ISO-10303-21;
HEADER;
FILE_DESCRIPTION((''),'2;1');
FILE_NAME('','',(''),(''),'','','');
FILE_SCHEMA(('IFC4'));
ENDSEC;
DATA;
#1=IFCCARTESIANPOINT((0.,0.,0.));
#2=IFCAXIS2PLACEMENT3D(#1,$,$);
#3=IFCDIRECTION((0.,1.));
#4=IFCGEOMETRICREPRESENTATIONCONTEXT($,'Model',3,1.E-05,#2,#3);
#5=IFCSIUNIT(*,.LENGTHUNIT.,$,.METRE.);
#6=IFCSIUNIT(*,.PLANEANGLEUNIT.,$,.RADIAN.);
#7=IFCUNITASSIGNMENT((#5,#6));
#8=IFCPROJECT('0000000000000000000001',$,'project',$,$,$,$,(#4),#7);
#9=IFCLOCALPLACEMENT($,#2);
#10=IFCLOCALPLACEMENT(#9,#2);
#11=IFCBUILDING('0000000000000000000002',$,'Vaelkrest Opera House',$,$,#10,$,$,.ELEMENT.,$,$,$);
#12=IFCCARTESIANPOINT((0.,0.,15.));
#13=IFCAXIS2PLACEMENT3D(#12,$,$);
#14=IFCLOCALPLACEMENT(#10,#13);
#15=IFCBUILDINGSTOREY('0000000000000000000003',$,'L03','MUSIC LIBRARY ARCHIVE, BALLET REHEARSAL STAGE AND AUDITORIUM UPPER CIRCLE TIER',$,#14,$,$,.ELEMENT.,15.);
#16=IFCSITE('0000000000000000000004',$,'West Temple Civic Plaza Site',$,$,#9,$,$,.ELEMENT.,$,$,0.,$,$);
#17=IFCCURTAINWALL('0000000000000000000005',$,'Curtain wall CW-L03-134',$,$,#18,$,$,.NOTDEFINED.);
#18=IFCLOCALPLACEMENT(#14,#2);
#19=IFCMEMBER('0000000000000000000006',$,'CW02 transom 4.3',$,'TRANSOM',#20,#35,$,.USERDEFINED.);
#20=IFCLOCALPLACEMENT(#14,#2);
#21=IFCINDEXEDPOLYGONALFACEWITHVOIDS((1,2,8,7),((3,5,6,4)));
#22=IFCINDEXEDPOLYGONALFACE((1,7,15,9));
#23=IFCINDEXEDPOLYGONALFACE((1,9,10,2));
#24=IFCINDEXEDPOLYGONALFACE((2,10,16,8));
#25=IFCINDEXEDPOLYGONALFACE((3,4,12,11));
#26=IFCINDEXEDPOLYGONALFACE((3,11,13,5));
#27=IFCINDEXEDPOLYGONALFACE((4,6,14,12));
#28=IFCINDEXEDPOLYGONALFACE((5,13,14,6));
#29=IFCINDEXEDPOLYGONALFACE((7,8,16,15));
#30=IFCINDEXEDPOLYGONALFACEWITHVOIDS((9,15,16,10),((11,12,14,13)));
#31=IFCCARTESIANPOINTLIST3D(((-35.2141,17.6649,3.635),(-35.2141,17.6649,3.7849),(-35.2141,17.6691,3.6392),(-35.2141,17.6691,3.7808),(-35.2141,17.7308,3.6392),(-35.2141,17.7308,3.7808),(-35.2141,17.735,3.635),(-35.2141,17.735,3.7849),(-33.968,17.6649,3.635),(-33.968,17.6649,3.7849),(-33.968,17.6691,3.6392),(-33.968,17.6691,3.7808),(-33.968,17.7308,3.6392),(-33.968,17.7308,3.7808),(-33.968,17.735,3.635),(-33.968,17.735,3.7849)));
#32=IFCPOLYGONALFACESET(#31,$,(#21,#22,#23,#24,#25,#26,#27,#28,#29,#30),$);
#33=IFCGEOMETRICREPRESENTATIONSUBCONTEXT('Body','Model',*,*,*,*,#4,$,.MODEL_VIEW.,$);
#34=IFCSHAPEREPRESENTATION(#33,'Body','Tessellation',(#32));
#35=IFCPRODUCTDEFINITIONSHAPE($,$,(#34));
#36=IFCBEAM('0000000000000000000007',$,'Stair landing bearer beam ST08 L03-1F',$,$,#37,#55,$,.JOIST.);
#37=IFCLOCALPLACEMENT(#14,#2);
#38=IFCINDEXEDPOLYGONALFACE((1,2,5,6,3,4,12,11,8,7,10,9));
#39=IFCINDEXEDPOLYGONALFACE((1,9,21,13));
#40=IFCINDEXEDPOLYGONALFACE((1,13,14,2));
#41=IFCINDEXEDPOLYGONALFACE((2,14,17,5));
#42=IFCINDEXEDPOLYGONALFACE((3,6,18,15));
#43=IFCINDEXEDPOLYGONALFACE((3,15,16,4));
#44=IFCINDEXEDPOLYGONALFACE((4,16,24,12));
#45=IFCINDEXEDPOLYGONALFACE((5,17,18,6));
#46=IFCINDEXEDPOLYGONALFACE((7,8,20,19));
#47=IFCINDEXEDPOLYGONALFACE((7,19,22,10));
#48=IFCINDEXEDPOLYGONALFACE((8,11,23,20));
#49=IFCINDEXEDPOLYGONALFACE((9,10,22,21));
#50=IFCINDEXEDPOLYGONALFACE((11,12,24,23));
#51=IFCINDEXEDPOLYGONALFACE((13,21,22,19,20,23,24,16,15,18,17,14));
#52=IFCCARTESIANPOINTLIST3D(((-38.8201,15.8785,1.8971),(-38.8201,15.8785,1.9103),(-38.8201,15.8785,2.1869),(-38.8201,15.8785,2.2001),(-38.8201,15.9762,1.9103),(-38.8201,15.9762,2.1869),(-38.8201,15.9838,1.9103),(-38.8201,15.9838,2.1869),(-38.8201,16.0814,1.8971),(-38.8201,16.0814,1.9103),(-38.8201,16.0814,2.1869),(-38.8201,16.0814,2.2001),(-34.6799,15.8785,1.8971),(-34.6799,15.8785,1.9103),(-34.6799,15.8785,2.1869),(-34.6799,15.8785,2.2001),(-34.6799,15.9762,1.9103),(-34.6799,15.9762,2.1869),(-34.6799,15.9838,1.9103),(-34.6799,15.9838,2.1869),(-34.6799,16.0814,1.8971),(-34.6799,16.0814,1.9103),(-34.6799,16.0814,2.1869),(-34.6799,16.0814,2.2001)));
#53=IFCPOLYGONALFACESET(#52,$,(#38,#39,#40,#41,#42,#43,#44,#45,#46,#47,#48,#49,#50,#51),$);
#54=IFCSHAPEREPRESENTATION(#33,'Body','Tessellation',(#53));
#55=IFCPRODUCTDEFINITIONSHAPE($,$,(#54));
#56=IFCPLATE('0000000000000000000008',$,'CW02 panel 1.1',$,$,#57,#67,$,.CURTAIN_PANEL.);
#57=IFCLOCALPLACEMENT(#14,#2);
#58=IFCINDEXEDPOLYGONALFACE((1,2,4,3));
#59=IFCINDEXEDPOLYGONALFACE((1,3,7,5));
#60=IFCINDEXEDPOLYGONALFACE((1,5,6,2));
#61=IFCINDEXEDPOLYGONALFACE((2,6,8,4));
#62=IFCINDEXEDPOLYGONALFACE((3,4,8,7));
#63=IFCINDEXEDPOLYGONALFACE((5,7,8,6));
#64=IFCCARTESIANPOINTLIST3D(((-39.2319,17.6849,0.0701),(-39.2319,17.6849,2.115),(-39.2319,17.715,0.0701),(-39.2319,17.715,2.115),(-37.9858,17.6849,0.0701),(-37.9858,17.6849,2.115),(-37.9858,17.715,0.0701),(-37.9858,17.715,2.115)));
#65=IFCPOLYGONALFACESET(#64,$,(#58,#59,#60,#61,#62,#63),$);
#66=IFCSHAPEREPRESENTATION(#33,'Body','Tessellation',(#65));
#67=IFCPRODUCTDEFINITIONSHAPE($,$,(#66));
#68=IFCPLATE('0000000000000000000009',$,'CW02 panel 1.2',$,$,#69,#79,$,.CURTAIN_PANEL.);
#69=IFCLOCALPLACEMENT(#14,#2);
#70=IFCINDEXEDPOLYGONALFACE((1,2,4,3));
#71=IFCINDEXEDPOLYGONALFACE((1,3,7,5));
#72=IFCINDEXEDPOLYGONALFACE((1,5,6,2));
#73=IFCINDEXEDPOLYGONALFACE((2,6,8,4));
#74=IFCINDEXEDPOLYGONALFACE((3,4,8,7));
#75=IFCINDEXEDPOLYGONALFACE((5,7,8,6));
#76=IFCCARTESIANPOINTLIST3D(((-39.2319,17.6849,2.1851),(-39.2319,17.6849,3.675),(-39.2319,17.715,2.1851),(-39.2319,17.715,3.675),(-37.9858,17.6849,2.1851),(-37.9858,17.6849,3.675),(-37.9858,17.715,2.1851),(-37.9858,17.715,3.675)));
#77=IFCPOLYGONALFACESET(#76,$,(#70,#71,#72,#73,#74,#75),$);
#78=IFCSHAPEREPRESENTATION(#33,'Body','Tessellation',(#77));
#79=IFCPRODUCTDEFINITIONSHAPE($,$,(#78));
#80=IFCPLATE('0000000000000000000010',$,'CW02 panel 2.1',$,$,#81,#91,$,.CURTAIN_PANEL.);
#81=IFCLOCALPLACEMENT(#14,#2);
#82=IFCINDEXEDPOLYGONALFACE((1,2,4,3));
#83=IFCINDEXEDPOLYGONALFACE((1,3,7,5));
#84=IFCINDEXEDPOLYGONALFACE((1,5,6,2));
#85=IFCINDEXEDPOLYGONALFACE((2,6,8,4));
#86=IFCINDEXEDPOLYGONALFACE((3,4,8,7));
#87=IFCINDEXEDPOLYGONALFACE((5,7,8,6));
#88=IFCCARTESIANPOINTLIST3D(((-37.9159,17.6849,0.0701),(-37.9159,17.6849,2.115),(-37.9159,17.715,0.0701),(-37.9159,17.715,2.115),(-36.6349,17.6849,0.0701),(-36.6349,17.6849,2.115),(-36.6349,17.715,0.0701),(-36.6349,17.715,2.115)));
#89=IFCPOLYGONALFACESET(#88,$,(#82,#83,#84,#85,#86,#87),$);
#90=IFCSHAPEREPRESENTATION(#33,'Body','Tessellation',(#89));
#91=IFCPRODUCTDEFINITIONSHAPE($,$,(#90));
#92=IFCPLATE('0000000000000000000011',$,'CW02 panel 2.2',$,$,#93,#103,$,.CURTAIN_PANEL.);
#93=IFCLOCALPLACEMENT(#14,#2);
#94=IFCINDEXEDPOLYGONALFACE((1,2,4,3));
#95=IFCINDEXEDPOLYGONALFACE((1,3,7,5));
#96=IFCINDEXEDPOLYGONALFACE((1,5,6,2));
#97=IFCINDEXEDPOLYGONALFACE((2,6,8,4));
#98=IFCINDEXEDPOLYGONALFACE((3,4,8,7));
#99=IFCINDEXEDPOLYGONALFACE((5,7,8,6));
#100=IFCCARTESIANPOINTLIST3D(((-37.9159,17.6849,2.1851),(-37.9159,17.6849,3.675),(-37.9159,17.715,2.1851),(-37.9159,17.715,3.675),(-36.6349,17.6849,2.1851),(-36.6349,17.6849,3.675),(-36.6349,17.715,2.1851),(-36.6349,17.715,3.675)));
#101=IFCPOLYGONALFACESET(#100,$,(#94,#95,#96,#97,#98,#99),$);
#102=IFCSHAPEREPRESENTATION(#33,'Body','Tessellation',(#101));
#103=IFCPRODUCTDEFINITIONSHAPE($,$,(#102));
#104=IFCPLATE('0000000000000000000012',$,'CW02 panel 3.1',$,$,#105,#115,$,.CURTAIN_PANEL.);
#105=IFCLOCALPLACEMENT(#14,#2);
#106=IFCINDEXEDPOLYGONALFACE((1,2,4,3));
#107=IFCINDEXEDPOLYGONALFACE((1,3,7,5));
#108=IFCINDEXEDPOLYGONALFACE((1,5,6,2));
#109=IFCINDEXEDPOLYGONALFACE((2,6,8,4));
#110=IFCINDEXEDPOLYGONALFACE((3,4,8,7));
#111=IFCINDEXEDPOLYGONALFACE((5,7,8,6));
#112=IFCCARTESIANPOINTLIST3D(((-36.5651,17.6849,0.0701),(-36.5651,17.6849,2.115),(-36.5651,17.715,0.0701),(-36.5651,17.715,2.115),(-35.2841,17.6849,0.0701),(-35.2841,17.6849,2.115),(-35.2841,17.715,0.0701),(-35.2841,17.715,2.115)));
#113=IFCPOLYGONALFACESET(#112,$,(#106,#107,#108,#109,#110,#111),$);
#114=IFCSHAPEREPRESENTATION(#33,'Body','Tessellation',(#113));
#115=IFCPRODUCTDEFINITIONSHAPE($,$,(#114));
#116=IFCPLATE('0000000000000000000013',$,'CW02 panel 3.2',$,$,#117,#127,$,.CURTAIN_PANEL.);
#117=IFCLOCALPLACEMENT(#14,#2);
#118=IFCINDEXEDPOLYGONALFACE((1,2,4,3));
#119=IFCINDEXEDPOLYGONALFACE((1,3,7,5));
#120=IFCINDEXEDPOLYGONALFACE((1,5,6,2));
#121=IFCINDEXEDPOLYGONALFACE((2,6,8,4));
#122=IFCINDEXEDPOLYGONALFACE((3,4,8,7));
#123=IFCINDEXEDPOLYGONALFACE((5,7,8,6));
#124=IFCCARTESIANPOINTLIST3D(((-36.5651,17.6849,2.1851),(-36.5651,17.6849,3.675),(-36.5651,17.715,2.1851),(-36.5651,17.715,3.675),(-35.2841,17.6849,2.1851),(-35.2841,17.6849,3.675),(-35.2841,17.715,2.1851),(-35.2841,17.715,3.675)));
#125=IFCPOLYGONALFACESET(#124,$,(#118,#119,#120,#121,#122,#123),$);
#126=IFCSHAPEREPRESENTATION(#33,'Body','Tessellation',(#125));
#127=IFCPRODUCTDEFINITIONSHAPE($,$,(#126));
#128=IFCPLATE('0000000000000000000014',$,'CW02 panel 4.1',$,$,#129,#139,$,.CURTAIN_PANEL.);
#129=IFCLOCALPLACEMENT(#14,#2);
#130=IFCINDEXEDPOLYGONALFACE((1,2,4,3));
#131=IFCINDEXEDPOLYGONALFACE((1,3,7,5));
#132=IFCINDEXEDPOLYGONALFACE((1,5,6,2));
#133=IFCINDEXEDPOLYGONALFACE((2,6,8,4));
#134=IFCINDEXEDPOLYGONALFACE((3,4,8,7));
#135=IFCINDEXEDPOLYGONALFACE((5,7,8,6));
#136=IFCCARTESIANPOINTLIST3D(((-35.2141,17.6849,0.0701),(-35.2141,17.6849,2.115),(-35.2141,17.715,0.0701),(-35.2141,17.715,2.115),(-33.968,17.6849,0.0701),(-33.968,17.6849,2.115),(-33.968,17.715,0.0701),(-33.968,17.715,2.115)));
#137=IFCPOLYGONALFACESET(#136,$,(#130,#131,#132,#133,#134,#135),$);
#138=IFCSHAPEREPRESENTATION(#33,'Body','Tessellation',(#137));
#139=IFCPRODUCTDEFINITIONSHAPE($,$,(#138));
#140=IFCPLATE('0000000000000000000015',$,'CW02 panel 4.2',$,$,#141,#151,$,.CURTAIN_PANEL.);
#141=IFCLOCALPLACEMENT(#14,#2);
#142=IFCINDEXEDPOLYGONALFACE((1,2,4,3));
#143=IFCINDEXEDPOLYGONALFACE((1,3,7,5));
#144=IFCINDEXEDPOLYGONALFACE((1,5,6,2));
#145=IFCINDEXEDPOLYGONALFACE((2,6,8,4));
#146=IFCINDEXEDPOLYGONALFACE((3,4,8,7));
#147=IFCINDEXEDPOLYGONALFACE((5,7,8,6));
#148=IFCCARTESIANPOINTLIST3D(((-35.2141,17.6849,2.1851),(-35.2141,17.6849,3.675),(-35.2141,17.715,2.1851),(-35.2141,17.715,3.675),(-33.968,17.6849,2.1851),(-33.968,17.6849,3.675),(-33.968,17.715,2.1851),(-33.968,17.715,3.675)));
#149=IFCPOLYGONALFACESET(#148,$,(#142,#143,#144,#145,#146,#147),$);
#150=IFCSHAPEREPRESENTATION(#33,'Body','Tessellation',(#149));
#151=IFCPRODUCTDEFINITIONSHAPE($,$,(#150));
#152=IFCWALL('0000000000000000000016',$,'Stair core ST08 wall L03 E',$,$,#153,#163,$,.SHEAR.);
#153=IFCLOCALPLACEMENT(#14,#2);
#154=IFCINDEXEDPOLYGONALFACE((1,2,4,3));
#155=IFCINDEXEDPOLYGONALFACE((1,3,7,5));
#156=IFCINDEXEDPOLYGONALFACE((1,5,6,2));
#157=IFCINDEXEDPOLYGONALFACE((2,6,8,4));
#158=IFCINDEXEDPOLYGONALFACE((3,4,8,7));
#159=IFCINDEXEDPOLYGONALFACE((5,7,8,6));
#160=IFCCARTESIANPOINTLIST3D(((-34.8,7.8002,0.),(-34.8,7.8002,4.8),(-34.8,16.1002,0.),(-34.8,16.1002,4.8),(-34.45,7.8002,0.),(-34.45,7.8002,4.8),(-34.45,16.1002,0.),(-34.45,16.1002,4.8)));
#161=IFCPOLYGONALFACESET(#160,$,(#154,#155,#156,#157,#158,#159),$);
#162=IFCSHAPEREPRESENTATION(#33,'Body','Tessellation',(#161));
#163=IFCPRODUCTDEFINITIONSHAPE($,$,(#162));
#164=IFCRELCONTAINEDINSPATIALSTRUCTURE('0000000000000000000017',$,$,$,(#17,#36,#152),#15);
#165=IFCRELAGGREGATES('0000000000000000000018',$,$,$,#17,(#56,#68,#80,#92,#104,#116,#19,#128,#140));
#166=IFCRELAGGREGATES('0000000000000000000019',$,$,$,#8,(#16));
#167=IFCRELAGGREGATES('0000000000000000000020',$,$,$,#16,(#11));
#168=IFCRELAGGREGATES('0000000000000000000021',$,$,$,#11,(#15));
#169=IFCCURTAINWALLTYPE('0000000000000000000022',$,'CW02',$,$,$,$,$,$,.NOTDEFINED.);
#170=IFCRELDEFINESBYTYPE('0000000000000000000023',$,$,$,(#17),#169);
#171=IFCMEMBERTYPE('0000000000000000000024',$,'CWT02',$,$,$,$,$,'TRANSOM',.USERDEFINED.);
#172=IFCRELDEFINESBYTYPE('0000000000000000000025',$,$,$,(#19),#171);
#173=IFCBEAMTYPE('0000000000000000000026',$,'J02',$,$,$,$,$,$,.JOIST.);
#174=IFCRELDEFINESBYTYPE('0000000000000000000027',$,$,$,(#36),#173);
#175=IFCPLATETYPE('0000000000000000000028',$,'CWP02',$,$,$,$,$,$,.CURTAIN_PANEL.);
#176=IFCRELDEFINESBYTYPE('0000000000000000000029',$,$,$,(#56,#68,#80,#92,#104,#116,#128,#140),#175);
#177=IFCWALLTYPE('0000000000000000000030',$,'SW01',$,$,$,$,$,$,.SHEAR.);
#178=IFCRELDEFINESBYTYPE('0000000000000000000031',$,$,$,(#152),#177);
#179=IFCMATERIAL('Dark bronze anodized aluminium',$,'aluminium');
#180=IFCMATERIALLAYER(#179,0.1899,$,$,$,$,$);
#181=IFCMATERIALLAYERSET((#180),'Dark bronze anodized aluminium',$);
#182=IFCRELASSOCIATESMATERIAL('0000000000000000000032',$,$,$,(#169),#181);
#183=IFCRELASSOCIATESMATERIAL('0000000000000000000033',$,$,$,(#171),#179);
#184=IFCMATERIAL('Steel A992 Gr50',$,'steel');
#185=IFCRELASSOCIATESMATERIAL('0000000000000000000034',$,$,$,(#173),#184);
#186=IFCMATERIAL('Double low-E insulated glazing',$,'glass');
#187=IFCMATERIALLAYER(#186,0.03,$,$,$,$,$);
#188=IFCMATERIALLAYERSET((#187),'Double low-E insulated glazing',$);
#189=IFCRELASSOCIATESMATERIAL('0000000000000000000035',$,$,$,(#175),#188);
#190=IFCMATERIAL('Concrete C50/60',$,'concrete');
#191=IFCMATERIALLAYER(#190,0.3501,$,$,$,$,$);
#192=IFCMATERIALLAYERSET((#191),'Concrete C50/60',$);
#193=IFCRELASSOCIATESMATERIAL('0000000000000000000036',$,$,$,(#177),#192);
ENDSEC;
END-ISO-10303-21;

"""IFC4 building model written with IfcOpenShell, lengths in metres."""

from ifc_helpers import new_model, si_unit, direction, frame, frame_2d, origin, origin_2d, place, context, subcontext, project, spatial, rectangle, hollow_rectangle, i_section, extrude, material, layer, layer_set, material_profile, profile_set, type_object, element, aggregate, save


model = new_model("IFC4")

# Units and contexts
model_context = context("Model", 3, precision=1e-05, world=origin(), true_north=direction((0.0, 1.0)))
body_context = subcontext(model_context, "Body", "Model", "MODEL_VIEW")
ifc_project = project(units=[si_unit("LENGTHUNIT", "METRE"), si_unit("PLANEANGLEUNIT", "RADIAN")], contexts=[model_context])

# Site, building, storey
site_placement = place(None, origin())
site = spatial("IfcSite", under=ifc_project, at=site_placement, Name="West Temple Civic Plaza Site", CompositionType="ELEMENT", RefElevation=0.0)
building_placement = place(site_placement, origin())
building = spatial("IfcBuilding", under=site, at=building_placement, Name="Vaelkrest Opera House", CompositionType="ELEMENT")
storey_placement = place(building_placement, frame((0.0, 0.0, 15.0)))
storey = spatial("IfcBuildingStorey", under=building, at=storey_placement, Name="L03", Description="MUSIC LIBRARY ARCHIVE, BALLET REHEARSAL STAGE AND AUDITORIUM UPPER CIRCLE TIER", CompositionType="ELEMENT", Elevation=15.0)

# Curtain wall, member
ifc_material_1 = material(Name="Dark bronze anodized aluminium", Category="aluminium")
ifc_layer_1 = layer(ifc_material_1, 0.1899)
ifc_layer_set_1 = layer_set([ifc_layer_1], Name="Dark bronze anodized aluminium")
curtain_wall_type = type_object("IfcCurtainWallType", Name="CW02", PredefinedType="NOTDEFINED", material=ifc_layer_set_1)
curtain_wall_placement = place(storey_placement, origin())
curtain_wall = element("IfcCurtainWall", 1, at=curtain_wall_placement, inside=storey, type_object=curtain_wall_type, Name="Curtain wall CW-L03-134", PredefinedType="NOTDEFINED")
ifc_material_profile_1 = material_profile(ifc_material_1, hollow_rectangle(XDim=0.0701, YDim=0.1499, WallThickness=0.0042, at=origin_2d()), Name="CWT70X150")
ifc_profile_set_1 = profile_set([ifc_material_profile_1], Name="Dark bronze anodized aluminium")
member_type_1 = type_object("IfcMemberType", Name="CWT02", ElementType="TRANSOM", PredefinedType="USERDEFINED", material=ifc_profile_set_1)
member_1_placement = place(storey_placement, frame((-35.2141, 17.7, 3.71), z_axis=(1.0, 0.0, 0.0), x_axis=(0.0, 1.0, 0.0)))
member_1 = element("IfcMember", 2, at=member_1_placement, type_object=member_type_1, Name="CW02 transom 4.3", ObjectType="TRANSOM", PredefinedType="USERDEFINED", context=body_context, shape_type="SweptSolid", body=[
    extrude(hollow_rectangle(XDim=0.0701, YDim=0.1499, WallThickness=0.0042, at=origin_2d()), origin(), (0.0, 0.0, 1.0), 1.2461),
])

# Beam
ifc_material_2 = material(Name="Steel A992 Gr50", Category="steel")
ifc_material_profile_2 = material_profile(ifc_material_2, i_section(OverallWidth=0.2029, OverallDepth=0.303, WebThickness=0.0076, FlangeThickness=0.0132, at=origin_2d()), Name="W12X40")
ifc_profile_set_2 = profile_set([ifc_material_profile_2], Name="Steel A992 Gr50")
beam_type = type_object("IfcBeamType", Name="J02", PredefinedType="JOIST", material=ifc_profile_set_2)
beam_placement = place(storey_placement, frame((-38.8201, 15.98, 2.0486), z_axis=(1.0, 0.0, 0.0), x_axis=(0.0, 1.0, 0.0)))
element("IfcBeam", 3, at=beam_placement, inside=storey, type_object=beam_type, Name="Stair landing bearer beam ST08 L03-1F", PredefinedType="JOIST", context=body_context, shape_type="SweptSolid", body=[
    extrude(i_section(OverallWidth=0.2029, OverallDepth=0.303, WebThickness=0.0076, FlangeThickness=0.0132, at=origin_2d()), origin(), (0.0, 0.0, 1.0), 4.1401),
])

# Plates
ifc_material_3 = material(Name="Double low-E insulated glazing", Category="glass")
ifc_layer_2 = layer(ifc_material_3, 0.03)
ifc_layer_set_2 = layer_set([ifc_layer_2], Name="Double low-E insulated glazing")
plate_type = type_object("IfcPlateType", Name="CWP02", PredefinedType="CURTAIN_PANEL", material=ifc_layer_set_2)
plate_1_placement = place(storey_placement, frame((-38.6089, 17.7, 0.0701), z_axis=(0.0, 0.0, 1.0), x_axis=(1.0, 0.0, 0.0)))
plate_1 = element("IfcPlate", 4, at=plate_1_placement, type_object=plate_type, Name="CW02 panel 1.1", PredefinedType="CURTAIN_PANEL", context=body_context, shape_type="SweptSolid", body=[
    extrude(rectangle(XDim=1.2461, YDim=0.03, at=origin_2d()), origin(), (0.0, 0.0, 1.0), 2.0449),
])
plate_2_placement = place(storey_placement, frame((-38.6089, 17.7, 2.1851), z_axis=(0.0, 0.0, 1.0), x_axis=(1.0, 0.0, 0.0)))
plate_2 = element("IfcPlate", 5, at=plate_2_placement, type_object=plate_type, Name="CW02 panel 1.2", PredefinedType="CURTAIN_PANEL", context=body_context, shape_type="SweptSolid", body=[
    extrude(rectangle(XDim=1.2461, YDim=0.03, at=origin_2d()), origin(), (0.0, 0.0, 1.0), 1.49),
])
plate_3_placement = place(storey_placement, frame((-37.2754, 17.7, 0.0701), z_axis=(0.0, 0.0, 1.0), x_axis=(1.0, 0.0, 0.0)))
plate_3 = element("IfcPlate", 6, at=plate_3_placement, type_object=plate_type, Name="CW02 panel 2.1", PredefinedType="CURTAIN_PANEL", context=body_context, shape_type="SweptSolid", body=[
    extrude(rectangle(XDim=1.281, YDim=0.03, at=origin_2d()), origin(), (0.0, 0.0, 1.0), 2.0449),
])
plate_4_placement = place(storey_placement, frame((-37.2754, 17.7, 2.1851), z_axis=(0.0, 0.0, 1.0), x_axis=(1.0, 0.0, 0.0)))
plate_4 = element("IfcPlate", 7, at=plate_4_placement, type_object=plate_type, Name="CW02 panel 2.2", PredefinedType="CURTAIN_PANEL", context=body_context, shape_type="SweptSolid", body=[
    extrude(rectangle(XDim=1.281, YDim=0.03, at=origin_2d()), origin(), (0.0, 0.0, 1.0), 1.49),
])
plate_5_placement = place(storey_placement, frame((-35.9246, 17.7, 0.0701), z_axis=(0.0, 0.0, 1.0), x_axis=(1.0, 0.0, 0.0)))
plate_5 = element("IfcPlate", 8, at=plate_5_placement, type_object=plate_type, Name="CW02 panel 3.1", PredefinedType="CURTAIN_PANEL", context=body_context, shape_type="SweptSolid", body=[
    extrude(rectangle(XDim=1.281, YDim=0.03, at=origin_2d()), origin(), (0.0, 0.0, 1.0), 2.0449),
])
plate_6_placement = place(storey_placement, frame((-35.9246, 17.7, 2.1851), z_axis=(0.0, 0.0, 1.0), x_axis=(1.0, 0.0, 0.0)))
plate_6 = element("IfcPlate", 9, at=plate_6_placement, type_object=plate_type, Name="CW02 panel 3.2", PredefinedType="CURTAIN_PANEL", context=body_context, shape_type="SweptSolid", body=[
    extrude(rectangle(XDim=1.281, YDim=0.03, at=origin_2d()), origin(), (0.0, 0.0, 1.0), 1.49),
])
plate_7_placement = place(storey_placement, frame((-34.5911, 17.7, 0.0701), z_axis=(0.0, 0.0, 1.0), x_axis=(1.0, 0.0, 0.0)))
plate_7 = element("IfcPlate", 10, at=plate_7_placement, type_object=plate_type, Name="CW02 panel 4.1", PredefinedType="CURTAIN_PANEL", context=body_context, shape_type="SweptSolid", body=[
    extrude(rectangle(XDim=1.2461, YDim=0.03, at=origin_2d()), origin(), (0.0, 0.0, 1.0), 2.0449),
])
plate_8_placement = place(storey_placement, frame((-34.5911, 17.7, 2.1851), z_axis=(0.0, 0.0, 1.0), x_axis=(1.0, 0.0, 0.0)))
plate_8 = element("IfcPlate", 11, at=plate_8_placement, type_object=plate_type, Name="CW02 panel 4.2", PredefinedType="CURTAIN_PANEL", context=body_context, shape_type="SweptSolid", body=[
    extrude(rectangle(XDim=1.2461, YDim=0.03, at=origin_2d()), origin(), (0.0, 0.0, 1.0), 1.49),
])
aggregate(curtain_wall, [plate_1, plate_2, plate_3, plate_4, plate_5, plate_6, member_1, plate_7, plate_8])

# Wall
ifc_material_4 = material(Name="Concrete C50/60", Category="concrete")
ifc_layer_3 = layer(ifc_material_4, 0.3501)
ifc_layer_set_3 = layer_set([ifc_layer_3], Name="Concrete C50/60")
wall_type = type_object("IfcWallType", Name="SW01", PredefinedType="SHEAR", material=ifc_layer_set_3)
wall_placement = place(storey_placement, frame((-34.625, 16.1001, 0.0), z_axis=(0.0, 0.0, 1.0), x_axis=(0.0, -1.0, 0.0)))
element("IfcWall", 12, at=wall_placement, inside=storey, type_object=wall_type, Name="Stair core ST08 wall L03 E", PredefinedType="SHEAR", context=body_context, shape_type="SweptSolid", body=[
    extrude(rectangle(XDim=8.3, YDim=0.3501, at=frame_2d((4.1499, 0.0))), origin(), (0.0, 0.0, 1.0), 4.8),
])

save(model, "model.ifc")
